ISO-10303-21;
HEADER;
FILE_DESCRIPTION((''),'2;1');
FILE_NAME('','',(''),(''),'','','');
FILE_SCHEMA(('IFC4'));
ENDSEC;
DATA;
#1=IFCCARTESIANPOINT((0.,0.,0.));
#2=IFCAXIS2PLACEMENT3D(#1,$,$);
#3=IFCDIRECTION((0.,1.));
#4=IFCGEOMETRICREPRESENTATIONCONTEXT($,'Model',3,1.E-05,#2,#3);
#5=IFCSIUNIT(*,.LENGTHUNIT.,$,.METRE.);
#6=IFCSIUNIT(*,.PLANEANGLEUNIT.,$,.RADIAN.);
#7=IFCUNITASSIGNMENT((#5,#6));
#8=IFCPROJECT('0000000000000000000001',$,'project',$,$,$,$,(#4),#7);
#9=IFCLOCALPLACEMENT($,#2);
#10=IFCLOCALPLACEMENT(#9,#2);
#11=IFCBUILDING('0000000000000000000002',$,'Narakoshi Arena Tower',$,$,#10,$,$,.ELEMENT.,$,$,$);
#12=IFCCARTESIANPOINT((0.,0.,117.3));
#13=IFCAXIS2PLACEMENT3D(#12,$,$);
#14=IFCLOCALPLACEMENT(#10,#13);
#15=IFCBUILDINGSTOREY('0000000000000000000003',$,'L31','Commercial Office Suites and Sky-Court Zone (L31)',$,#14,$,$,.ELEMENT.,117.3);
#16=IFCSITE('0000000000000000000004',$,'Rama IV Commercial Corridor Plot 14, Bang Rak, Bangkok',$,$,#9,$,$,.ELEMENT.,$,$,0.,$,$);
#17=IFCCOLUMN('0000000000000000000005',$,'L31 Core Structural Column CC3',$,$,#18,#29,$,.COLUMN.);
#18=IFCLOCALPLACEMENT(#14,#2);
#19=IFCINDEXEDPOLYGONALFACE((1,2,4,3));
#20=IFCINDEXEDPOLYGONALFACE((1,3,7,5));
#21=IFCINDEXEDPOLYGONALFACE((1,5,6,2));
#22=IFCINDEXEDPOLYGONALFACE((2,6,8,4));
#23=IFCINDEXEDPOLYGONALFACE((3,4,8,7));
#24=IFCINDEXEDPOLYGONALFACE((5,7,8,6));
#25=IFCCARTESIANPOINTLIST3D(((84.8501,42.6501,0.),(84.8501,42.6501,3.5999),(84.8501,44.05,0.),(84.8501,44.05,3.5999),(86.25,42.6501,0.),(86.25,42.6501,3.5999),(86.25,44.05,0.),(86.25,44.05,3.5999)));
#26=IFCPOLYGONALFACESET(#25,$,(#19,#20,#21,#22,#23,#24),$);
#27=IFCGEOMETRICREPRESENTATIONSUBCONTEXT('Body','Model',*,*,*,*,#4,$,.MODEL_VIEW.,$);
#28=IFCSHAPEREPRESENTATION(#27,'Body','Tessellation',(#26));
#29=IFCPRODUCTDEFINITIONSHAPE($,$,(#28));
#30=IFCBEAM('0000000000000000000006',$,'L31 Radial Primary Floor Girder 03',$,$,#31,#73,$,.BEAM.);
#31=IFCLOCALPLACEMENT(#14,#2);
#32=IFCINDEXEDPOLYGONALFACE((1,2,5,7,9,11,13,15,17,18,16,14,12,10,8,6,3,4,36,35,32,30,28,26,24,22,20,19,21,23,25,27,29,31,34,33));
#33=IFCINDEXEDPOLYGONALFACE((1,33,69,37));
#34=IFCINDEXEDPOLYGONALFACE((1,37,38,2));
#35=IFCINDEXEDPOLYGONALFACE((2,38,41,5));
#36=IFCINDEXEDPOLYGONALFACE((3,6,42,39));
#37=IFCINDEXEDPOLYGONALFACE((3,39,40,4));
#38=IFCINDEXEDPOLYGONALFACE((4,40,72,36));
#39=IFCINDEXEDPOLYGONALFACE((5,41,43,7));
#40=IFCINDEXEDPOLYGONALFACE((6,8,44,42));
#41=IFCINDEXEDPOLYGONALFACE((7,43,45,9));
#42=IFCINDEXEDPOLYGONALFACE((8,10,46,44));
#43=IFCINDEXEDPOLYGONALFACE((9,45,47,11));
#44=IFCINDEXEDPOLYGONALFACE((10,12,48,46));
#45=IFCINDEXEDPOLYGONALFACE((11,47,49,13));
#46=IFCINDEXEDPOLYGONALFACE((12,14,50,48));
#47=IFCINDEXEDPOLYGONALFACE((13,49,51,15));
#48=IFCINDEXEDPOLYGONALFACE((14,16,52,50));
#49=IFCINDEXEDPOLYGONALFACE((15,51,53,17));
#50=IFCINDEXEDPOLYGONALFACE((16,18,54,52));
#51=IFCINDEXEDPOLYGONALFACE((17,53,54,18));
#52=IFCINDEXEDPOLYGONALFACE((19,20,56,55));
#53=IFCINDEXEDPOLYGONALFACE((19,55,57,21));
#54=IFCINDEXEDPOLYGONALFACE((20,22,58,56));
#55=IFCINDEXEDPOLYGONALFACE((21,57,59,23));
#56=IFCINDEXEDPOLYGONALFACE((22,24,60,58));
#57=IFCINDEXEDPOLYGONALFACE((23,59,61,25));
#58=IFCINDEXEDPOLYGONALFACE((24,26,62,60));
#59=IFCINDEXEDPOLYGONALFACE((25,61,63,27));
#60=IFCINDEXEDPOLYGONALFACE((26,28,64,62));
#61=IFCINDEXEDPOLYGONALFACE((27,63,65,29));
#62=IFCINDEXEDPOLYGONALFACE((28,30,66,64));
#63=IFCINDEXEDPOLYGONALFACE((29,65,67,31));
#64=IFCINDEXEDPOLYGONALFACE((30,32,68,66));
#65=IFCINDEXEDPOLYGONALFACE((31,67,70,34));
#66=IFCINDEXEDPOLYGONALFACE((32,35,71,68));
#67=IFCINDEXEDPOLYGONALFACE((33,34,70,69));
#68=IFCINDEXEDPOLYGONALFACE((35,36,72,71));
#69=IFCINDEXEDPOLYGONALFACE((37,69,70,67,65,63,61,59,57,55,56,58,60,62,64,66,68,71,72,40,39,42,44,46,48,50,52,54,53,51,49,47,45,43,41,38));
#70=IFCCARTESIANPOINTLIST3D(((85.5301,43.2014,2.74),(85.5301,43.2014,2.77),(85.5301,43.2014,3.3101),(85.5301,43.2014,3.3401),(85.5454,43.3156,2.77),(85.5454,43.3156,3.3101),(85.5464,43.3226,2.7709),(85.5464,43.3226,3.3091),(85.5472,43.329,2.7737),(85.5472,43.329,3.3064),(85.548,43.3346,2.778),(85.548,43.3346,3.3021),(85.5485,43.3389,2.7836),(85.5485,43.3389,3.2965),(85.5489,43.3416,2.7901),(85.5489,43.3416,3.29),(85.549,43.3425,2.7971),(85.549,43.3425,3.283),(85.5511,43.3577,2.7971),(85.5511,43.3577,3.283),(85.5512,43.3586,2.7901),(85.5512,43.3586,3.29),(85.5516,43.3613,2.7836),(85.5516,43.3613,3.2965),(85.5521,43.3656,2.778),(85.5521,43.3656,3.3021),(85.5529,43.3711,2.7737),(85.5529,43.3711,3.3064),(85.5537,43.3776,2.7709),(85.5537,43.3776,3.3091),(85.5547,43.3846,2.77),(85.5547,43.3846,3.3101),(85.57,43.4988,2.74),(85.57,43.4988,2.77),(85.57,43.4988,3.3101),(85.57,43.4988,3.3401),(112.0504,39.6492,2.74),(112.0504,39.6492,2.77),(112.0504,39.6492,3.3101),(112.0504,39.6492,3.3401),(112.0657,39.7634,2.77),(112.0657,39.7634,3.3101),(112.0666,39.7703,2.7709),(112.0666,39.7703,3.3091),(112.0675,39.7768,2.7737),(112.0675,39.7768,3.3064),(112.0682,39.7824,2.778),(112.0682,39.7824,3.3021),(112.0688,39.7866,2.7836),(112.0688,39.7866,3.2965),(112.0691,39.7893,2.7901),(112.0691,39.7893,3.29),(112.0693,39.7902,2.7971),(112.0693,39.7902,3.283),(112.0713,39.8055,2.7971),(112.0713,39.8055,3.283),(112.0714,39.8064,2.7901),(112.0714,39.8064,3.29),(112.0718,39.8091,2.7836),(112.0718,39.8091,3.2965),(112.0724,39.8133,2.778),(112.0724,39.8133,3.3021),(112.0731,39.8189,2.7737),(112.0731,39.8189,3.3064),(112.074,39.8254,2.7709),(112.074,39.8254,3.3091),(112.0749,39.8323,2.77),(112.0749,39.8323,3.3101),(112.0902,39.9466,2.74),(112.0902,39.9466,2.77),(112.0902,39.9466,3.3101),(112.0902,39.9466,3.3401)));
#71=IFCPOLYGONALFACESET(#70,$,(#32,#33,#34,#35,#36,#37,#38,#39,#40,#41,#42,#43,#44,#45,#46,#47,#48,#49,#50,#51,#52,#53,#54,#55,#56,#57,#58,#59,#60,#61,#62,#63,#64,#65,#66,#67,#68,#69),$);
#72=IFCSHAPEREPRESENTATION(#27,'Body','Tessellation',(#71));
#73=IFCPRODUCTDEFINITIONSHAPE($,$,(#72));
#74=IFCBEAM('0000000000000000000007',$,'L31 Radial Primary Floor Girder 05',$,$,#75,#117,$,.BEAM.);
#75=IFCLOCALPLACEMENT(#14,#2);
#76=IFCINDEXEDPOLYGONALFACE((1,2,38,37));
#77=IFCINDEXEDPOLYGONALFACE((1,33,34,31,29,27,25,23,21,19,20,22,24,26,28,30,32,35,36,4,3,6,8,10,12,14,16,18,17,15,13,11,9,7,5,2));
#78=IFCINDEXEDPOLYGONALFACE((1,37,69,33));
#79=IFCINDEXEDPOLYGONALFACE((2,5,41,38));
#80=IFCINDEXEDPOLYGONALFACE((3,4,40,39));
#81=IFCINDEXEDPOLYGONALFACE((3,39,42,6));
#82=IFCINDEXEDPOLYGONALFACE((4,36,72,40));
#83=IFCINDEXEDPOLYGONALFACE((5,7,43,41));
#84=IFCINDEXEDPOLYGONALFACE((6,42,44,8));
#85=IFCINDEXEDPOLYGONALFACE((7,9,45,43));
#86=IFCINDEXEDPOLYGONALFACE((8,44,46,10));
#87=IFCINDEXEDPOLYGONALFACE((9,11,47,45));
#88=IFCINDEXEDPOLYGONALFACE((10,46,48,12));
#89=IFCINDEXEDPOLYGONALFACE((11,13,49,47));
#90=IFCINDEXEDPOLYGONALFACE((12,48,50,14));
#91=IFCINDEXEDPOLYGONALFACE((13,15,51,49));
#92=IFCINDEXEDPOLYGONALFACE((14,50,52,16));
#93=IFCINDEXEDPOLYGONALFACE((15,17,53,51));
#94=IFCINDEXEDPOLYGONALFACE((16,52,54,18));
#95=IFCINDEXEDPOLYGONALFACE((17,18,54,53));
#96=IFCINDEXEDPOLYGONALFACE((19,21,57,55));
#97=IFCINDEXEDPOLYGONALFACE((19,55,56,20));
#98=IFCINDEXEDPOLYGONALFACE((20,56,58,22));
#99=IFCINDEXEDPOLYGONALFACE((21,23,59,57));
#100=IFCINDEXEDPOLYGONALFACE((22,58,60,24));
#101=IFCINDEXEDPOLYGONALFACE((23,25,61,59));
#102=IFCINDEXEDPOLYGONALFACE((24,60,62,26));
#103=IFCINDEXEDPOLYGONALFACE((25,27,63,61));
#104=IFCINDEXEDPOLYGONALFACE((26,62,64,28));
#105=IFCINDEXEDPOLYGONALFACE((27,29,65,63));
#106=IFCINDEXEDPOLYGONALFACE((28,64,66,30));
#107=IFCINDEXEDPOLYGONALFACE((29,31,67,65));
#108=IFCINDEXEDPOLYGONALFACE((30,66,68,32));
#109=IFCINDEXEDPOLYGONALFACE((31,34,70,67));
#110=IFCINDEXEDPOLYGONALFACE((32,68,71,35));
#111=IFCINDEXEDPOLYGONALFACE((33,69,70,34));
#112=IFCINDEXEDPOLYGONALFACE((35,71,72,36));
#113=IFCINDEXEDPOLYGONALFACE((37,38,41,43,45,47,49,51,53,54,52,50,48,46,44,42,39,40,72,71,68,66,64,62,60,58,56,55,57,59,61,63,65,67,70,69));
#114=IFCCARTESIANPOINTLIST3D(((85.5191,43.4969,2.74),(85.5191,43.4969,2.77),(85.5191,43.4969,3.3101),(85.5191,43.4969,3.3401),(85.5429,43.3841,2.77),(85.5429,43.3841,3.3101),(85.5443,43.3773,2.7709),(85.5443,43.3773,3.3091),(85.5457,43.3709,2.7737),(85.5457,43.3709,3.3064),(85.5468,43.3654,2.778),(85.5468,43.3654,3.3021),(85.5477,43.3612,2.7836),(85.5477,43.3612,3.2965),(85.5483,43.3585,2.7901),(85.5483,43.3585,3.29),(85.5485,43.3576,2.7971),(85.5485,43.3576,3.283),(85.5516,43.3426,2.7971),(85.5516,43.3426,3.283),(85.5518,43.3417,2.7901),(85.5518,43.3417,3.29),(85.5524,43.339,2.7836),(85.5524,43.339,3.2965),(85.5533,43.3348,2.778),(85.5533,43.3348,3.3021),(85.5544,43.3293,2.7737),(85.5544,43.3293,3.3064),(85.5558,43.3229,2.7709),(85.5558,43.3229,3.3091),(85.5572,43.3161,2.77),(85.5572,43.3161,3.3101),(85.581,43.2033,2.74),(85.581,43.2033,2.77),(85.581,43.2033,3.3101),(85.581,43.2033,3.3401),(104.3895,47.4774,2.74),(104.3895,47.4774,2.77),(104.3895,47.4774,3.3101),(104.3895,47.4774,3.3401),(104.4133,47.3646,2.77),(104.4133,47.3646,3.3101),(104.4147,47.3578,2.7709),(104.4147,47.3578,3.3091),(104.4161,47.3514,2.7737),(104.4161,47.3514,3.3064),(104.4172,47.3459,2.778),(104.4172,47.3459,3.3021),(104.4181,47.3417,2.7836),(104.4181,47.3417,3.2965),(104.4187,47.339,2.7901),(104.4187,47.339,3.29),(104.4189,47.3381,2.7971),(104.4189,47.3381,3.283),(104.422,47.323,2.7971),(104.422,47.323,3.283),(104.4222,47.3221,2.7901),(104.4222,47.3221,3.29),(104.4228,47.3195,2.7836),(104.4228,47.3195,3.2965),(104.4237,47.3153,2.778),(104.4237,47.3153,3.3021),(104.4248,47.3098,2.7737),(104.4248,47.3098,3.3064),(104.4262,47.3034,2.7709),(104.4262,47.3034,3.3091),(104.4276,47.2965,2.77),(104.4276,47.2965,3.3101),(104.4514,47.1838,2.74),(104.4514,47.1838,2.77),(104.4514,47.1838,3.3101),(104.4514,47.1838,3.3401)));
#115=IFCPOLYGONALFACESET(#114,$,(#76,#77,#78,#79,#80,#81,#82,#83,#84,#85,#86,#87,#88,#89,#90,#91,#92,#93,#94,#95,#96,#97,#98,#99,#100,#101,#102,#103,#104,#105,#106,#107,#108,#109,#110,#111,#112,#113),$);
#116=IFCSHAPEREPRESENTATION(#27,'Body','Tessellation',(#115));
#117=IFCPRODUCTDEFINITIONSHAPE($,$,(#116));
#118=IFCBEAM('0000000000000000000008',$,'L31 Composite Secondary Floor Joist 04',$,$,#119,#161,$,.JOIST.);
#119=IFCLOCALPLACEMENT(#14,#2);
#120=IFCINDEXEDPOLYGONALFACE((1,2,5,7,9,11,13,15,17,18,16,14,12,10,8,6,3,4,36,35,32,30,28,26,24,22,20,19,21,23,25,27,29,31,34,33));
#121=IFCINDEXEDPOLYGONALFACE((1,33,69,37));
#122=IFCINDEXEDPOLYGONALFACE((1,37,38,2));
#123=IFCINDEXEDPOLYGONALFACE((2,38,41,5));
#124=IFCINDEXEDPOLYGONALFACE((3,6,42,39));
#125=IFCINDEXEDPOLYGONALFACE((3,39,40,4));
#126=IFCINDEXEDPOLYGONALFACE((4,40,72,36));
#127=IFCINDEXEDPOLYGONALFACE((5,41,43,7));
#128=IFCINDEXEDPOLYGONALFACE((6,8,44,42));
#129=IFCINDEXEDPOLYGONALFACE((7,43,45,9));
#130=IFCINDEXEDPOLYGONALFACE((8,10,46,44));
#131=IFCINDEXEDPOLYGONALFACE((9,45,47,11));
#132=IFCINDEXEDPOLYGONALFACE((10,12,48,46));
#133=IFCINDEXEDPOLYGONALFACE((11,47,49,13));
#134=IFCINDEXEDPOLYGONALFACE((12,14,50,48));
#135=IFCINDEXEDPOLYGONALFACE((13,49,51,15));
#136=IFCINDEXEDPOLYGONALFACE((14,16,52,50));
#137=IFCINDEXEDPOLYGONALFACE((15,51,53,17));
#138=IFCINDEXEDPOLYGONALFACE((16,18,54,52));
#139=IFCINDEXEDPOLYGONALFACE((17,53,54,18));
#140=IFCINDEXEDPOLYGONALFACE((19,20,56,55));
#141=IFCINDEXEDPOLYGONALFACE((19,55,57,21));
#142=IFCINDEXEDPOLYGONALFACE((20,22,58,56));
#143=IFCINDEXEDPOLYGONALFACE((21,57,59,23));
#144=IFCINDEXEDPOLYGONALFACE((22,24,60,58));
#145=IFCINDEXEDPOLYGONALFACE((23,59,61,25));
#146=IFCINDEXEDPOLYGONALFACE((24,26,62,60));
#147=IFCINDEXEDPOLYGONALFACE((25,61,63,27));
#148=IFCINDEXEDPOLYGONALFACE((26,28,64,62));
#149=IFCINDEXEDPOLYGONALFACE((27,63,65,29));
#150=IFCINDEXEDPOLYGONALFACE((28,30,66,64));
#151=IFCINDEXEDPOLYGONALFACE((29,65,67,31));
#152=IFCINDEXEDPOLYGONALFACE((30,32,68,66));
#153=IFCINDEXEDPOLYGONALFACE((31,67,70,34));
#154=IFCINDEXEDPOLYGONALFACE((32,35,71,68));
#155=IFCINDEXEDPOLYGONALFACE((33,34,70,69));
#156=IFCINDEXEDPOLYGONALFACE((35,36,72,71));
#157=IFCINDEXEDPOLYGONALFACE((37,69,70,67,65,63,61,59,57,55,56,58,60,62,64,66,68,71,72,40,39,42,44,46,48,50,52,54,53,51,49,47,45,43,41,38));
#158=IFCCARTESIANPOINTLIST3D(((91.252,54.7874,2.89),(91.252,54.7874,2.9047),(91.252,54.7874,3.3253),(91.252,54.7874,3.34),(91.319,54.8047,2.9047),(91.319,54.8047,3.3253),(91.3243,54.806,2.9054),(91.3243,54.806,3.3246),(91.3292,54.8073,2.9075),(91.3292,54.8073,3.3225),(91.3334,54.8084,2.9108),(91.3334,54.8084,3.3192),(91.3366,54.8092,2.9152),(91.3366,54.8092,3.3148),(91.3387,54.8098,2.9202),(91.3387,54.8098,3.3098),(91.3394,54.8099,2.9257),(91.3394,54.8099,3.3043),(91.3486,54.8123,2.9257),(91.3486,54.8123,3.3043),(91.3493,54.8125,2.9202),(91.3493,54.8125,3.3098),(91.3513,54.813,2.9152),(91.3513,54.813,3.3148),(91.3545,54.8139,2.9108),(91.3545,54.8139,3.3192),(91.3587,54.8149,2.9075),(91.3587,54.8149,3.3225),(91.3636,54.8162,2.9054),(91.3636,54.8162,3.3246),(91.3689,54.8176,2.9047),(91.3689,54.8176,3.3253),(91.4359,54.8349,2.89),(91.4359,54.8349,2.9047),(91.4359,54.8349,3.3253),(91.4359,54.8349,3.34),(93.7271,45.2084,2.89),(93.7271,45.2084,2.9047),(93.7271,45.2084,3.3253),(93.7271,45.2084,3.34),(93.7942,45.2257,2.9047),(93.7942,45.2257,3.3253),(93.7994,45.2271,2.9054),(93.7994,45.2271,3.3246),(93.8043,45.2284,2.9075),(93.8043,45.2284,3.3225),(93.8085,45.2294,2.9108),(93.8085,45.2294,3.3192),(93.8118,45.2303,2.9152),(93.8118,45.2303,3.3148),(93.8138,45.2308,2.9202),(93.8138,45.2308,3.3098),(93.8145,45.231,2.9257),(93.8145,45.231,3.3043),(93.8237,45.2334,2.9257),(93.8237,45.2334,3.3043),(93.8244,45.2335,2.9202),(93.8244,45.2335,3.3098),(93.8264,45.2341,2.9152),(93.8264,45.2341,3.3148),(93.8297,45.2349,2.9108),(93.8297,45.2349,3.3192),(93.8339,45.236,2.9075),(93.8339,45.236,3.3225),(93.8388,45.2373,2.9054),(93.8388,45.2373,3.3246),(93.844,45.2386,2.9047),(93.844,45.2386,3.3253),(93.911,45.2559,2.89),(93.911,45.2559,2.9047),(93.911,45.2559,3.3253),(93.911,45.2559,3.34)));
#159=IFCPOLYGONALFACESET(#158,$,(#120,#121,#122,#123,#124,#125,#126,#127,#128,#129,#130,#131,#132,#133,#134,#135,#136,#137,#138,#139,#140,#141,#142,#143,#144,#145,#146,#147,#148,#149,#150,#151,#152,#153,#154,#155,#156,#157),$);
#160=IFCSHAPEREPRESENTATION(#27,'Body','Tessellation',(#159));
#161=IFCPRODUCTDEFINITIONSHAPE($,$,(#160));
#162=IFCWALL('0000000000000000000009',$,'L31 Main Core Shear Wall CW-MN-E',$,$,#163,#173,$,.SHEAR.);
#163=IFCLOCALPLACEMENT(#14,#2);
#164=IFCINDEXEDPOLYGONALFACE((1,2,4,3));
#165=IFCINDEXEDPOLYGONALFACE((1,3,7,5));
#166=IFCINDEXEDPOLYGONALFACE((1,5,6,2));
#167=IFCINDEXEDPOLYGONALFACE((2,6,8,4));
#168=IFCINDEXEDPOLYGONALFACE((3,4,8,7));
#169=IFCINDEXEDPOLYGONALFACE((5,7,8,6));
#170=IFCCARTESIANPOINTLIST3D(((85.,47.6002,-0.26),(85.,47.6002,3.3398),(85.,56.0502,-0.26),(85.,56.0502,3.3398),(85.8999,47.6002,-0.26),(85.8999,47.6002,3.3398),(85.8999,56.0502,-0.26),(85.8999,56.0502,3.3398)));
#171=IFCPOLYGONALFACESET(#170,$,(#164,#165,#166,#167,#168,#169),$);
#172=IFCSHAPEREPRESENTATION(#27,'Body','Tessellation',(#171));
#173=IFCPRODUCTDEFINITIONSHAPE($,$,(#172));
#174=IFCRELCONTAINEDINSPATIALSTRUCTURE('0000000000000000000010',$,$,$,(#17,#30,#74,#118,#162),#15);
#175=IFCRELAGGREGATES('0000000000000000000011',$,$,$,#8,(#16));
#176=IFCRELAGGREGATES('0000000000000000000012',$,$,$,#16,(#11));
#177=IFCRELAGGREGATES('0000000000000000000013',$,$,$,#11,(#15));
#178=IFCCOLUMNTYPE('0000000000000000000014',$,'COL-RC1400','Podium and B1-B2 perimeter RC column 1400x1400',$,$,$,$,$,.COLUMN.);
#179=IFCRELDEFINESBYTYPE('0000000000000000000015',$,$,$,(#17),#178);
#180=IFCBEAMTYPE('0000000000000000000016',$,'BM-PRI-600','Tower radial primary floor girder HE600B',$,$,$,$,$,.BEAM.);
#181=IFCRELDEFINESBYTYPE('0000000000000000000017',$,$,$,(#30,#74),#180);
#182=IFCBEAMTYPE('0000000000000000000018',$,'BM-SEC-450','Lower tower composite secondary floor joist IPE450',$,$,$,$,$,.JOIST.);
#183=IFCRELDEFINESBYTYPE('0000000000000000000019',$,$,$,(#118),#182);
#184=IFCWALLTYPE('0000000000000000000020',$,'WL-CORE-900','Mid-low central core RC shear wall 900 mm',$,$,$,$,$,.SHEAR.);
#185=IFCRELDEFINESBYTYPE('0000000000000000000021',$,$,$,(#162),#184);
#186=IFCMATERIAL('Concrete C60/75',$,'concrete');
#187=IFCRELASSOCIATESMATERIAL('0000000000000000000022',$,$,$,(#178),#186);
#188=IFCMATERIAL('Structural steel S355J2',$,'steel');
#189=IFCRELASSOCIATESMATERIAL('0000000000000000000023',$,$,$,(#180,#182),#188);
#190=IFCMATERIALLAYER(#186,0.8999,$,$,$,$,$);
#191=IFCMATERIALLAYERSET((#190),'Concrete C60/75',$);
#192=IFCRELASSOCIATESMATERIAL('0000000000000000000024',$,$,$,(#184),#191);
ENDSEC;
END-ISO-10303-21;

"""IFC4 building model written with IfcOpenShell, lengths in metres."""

from ifc_helpers import new_model, si_unit, direction, frame, frame_2d, origin, origin_2d, place, context, subcontext, project, spatial, rectangle, i_section, extrude, material, layer, layer_set, material_profile, profile_set, type_object, element, save


model = new_model("IFC4")

# Units and contexts
model_context = context("Model", 3, precision=1e-05, world=origin(), true_north=direction((0.0, 1.0)))
body_context = subcontext(model_context, "Body", "Model", "MODEL_VIEW")
ifc_project = project(units=[si_unit("LENGTHUNIT", "METRE"), si_unit("PLANEANGLEUNIT", "RADIAN")], contexts=[model_context])

# Site, building, storey
site_placement = place(None, origin())
site = spatial("IfcSite", under=ifc_project, at=site_placement, Name="Rama IV Commercial Corridor Plot 14, Bang Rak, Bangkok", CompositionType="ELEMENT", RefElevation=0.0)
building_placement = place(site_placement, origin())
building = spatial("IfcBuilding", under=site, at=building_placement, Name="Narakoshi Arena Tower", CompositionType="ELEMENT")
storey_placement = place(building_placement, frame((0.0, 0.0, 117.3)))
storey = spatial("IfcBuildingStorey", under=building, at=storey_placement, Name="L31", Description="Commercial Office Suites and Sky-Court Zone (L31)", CompositionType="ELEMENT", Elevation=117.3)

# Column
ifc_material_1 = material(Name="Concrete C60/75", Category="concrete")
ifc_material_profile_1 = material_profile(ifc_material_1, rectangle(XDim=1.3999, YDim=1.3999, at=origin_2d()), Name="RC1400x1400")
ifc_profile_set_1 = profile_set([ifc_material_profile_1], Name="Concrete C60/75")
column_type = type_object("IfcColumnType", Name="COL-RC1400", Description="Podium and B1-B2 perimeter RC column 1400x1400", PredefinedType="COLUMN", material=ifc_profile_set_1)
column_placement = place(storey_placement, frame((85.55, 43.3501, 0.0), z_axis=(0.0, 0.0, 1.0), x_axis=(1.0, 0.0, 0.0)))
element("IfcColumn", 1, at=column_placement, inside=storey, type_object=column_type, Name="L31 Core Structural Column CC3", PredefinedType="COLUMN", context=body_context, shape_type="SweptSolid", body=[
    extrude(rectangle(XDim=1.3999, YDim=1.3999, at=origin_2d()), origin(), (0.0, 0.0, 1.0), 3.5999),
])

# Beams
ifc_material_2 = material(Name="Structural steel S355J2", Category="steel")
ifc_material_profile_2 = material_profile(ifc_material_2, i_section(OverallWidth=0.3, OverallDepth=0.6001, WebThickness=0.0154, FlangeThickness=0.03, FilletRadius=0.0271, at=origin_2d()), Name="HE600B")
ifc_profile_set_2 = profile_set([ifc_material_profile_2], Name="Structural steel S355J2")
beam_type_1 = type_object("IfcBeamType", Name="BM-PRI-600", Description="Tower radial primary floor girder HE600B", PredefinedType="BEAM", material=ifc_profile_set_2)
beam_1_placement = place(storey_placement, frame((85.55, 43.3501, 3.04), z_axis=(0.991148, -0.132759, 0.0), x_axis=(0.132759, 0.991148, 0.0)))
element("IfcBeam", 2, at=beam_1_placement, inside=storey, type_object=beam_type_1, Name="L31 Radial Primary Floor Girder 03", PredefinedType="BEAM", context=body_context, shape_type="SweptSolid", body=[
    extrude(i_section(OverallWidth=0.3, OverallDepth=0.6001, WebThickness=0.0154, FlangeThickness=0.03, FilletRadius=0.0271, at=origin_2d()), origin(), (0.0, 0.0, 1.0), 26.7571),
])
beam_2_placement = place(storey_placement, frame((85.55, 43.3501, 3.04), z_axis=(0.978469, 0.206396, 0.0), x_axis=(-0.206396, 0.978469, 0.0)))
element("IfcBeam", 3, at=beam_2_placement, inside=storey, type_object=beam_type_1, Name="L31 Radial Primary Floor Girder 05", PredefinedType="BEAM", context=body_context, shape_type="SweptSolid", body=[
    extrude(i_section(OverallWidth=0.3, OverallDepth=0.6001, WebThickness=0.0154, FlangeThickness=0.03, FilletRadius=0.0271, at=origin_2d()), origin(), (0.0, 0.0, 1.0), 19.2856),
])
ifc_material_profile_3 = material_profile(ifc_material_2, i_section(OverallWidth=0.1899, OverallDepth=0.45, WebThickness=0.0095, FlangeThickness=0.0146, FilletRadius=0.021, at=origin_2d()), Name="IPE450")
ifc_profile_set_3 = profile_set([ifc_material_profile_3], Name="Structural steel S355J2")
beam_type_2 = type_object("IfcBeamType", Name="BM-SEC-450", Description="Lower tower composite secondary floor joist IPE450", PredefinedType="JOIST", material=ifc_profile_set_3)
beam_3_placement = place(storey_placement, frame((93.8191, 45.2322, 3.115), z_axis=(-0.250175, 0.968201, 0.0), x_axis=(-0.968201, -0.250175, 0.0)))
element("IfcBeam", 4, at=beam_3_placement, inside=storey, type_object=beam_type_2, Name="L31 Composite Secondary Floor Joist 04", PredefinedType="JOIST", context=body_context, shape_type="SweptSolid", body=[
    extrude(i_section(OverallWidth=0.1899, OverallDepth=0.45, WebThickness=0.0095, FlangeThickness=0.0146, FilletRadius=0.021, at=origin_2d()), origin(), (0.0, 0.0, 1.0), 9.8936),
])

# Wall
ifc_layer_1 = layer(ifc_material_1, 0.8999)
ifc_layer_set_1 = layer_set([ifc_layer_1], Name="Concrete C60/75")
wall_type_1 = type_object("IfcWallType", Name="WL-CORE-900", Description="Mid-low central core RC shear wall 900 mm", PredefinedType="SHEAR", material=ifc_layer_set_1)
wall_1_placement = place(storey_placement, frame((85.45, 47.6001, -0.26), z_axis=(0.0, 0.0, 1.0), x_axis=(0.0, 1.0, 0.0)))
element("IfcWall", 5, at=wall_1_placement, inside=storey, type_object=wall_type_1, Name="L31 Main Core Shear Wall CW-MN-E", PredefinedType="SHEAR", context=body_context, shape_type="SweptSolid", body=[
    extrude(rectangle(XDim=8.45, YDim=0.8999, at=frame_2d((4.2251, 0.0))), origin(), (0.0, 0.0, 1.0), 3.5999),
])

save(model, "model.ifc")
